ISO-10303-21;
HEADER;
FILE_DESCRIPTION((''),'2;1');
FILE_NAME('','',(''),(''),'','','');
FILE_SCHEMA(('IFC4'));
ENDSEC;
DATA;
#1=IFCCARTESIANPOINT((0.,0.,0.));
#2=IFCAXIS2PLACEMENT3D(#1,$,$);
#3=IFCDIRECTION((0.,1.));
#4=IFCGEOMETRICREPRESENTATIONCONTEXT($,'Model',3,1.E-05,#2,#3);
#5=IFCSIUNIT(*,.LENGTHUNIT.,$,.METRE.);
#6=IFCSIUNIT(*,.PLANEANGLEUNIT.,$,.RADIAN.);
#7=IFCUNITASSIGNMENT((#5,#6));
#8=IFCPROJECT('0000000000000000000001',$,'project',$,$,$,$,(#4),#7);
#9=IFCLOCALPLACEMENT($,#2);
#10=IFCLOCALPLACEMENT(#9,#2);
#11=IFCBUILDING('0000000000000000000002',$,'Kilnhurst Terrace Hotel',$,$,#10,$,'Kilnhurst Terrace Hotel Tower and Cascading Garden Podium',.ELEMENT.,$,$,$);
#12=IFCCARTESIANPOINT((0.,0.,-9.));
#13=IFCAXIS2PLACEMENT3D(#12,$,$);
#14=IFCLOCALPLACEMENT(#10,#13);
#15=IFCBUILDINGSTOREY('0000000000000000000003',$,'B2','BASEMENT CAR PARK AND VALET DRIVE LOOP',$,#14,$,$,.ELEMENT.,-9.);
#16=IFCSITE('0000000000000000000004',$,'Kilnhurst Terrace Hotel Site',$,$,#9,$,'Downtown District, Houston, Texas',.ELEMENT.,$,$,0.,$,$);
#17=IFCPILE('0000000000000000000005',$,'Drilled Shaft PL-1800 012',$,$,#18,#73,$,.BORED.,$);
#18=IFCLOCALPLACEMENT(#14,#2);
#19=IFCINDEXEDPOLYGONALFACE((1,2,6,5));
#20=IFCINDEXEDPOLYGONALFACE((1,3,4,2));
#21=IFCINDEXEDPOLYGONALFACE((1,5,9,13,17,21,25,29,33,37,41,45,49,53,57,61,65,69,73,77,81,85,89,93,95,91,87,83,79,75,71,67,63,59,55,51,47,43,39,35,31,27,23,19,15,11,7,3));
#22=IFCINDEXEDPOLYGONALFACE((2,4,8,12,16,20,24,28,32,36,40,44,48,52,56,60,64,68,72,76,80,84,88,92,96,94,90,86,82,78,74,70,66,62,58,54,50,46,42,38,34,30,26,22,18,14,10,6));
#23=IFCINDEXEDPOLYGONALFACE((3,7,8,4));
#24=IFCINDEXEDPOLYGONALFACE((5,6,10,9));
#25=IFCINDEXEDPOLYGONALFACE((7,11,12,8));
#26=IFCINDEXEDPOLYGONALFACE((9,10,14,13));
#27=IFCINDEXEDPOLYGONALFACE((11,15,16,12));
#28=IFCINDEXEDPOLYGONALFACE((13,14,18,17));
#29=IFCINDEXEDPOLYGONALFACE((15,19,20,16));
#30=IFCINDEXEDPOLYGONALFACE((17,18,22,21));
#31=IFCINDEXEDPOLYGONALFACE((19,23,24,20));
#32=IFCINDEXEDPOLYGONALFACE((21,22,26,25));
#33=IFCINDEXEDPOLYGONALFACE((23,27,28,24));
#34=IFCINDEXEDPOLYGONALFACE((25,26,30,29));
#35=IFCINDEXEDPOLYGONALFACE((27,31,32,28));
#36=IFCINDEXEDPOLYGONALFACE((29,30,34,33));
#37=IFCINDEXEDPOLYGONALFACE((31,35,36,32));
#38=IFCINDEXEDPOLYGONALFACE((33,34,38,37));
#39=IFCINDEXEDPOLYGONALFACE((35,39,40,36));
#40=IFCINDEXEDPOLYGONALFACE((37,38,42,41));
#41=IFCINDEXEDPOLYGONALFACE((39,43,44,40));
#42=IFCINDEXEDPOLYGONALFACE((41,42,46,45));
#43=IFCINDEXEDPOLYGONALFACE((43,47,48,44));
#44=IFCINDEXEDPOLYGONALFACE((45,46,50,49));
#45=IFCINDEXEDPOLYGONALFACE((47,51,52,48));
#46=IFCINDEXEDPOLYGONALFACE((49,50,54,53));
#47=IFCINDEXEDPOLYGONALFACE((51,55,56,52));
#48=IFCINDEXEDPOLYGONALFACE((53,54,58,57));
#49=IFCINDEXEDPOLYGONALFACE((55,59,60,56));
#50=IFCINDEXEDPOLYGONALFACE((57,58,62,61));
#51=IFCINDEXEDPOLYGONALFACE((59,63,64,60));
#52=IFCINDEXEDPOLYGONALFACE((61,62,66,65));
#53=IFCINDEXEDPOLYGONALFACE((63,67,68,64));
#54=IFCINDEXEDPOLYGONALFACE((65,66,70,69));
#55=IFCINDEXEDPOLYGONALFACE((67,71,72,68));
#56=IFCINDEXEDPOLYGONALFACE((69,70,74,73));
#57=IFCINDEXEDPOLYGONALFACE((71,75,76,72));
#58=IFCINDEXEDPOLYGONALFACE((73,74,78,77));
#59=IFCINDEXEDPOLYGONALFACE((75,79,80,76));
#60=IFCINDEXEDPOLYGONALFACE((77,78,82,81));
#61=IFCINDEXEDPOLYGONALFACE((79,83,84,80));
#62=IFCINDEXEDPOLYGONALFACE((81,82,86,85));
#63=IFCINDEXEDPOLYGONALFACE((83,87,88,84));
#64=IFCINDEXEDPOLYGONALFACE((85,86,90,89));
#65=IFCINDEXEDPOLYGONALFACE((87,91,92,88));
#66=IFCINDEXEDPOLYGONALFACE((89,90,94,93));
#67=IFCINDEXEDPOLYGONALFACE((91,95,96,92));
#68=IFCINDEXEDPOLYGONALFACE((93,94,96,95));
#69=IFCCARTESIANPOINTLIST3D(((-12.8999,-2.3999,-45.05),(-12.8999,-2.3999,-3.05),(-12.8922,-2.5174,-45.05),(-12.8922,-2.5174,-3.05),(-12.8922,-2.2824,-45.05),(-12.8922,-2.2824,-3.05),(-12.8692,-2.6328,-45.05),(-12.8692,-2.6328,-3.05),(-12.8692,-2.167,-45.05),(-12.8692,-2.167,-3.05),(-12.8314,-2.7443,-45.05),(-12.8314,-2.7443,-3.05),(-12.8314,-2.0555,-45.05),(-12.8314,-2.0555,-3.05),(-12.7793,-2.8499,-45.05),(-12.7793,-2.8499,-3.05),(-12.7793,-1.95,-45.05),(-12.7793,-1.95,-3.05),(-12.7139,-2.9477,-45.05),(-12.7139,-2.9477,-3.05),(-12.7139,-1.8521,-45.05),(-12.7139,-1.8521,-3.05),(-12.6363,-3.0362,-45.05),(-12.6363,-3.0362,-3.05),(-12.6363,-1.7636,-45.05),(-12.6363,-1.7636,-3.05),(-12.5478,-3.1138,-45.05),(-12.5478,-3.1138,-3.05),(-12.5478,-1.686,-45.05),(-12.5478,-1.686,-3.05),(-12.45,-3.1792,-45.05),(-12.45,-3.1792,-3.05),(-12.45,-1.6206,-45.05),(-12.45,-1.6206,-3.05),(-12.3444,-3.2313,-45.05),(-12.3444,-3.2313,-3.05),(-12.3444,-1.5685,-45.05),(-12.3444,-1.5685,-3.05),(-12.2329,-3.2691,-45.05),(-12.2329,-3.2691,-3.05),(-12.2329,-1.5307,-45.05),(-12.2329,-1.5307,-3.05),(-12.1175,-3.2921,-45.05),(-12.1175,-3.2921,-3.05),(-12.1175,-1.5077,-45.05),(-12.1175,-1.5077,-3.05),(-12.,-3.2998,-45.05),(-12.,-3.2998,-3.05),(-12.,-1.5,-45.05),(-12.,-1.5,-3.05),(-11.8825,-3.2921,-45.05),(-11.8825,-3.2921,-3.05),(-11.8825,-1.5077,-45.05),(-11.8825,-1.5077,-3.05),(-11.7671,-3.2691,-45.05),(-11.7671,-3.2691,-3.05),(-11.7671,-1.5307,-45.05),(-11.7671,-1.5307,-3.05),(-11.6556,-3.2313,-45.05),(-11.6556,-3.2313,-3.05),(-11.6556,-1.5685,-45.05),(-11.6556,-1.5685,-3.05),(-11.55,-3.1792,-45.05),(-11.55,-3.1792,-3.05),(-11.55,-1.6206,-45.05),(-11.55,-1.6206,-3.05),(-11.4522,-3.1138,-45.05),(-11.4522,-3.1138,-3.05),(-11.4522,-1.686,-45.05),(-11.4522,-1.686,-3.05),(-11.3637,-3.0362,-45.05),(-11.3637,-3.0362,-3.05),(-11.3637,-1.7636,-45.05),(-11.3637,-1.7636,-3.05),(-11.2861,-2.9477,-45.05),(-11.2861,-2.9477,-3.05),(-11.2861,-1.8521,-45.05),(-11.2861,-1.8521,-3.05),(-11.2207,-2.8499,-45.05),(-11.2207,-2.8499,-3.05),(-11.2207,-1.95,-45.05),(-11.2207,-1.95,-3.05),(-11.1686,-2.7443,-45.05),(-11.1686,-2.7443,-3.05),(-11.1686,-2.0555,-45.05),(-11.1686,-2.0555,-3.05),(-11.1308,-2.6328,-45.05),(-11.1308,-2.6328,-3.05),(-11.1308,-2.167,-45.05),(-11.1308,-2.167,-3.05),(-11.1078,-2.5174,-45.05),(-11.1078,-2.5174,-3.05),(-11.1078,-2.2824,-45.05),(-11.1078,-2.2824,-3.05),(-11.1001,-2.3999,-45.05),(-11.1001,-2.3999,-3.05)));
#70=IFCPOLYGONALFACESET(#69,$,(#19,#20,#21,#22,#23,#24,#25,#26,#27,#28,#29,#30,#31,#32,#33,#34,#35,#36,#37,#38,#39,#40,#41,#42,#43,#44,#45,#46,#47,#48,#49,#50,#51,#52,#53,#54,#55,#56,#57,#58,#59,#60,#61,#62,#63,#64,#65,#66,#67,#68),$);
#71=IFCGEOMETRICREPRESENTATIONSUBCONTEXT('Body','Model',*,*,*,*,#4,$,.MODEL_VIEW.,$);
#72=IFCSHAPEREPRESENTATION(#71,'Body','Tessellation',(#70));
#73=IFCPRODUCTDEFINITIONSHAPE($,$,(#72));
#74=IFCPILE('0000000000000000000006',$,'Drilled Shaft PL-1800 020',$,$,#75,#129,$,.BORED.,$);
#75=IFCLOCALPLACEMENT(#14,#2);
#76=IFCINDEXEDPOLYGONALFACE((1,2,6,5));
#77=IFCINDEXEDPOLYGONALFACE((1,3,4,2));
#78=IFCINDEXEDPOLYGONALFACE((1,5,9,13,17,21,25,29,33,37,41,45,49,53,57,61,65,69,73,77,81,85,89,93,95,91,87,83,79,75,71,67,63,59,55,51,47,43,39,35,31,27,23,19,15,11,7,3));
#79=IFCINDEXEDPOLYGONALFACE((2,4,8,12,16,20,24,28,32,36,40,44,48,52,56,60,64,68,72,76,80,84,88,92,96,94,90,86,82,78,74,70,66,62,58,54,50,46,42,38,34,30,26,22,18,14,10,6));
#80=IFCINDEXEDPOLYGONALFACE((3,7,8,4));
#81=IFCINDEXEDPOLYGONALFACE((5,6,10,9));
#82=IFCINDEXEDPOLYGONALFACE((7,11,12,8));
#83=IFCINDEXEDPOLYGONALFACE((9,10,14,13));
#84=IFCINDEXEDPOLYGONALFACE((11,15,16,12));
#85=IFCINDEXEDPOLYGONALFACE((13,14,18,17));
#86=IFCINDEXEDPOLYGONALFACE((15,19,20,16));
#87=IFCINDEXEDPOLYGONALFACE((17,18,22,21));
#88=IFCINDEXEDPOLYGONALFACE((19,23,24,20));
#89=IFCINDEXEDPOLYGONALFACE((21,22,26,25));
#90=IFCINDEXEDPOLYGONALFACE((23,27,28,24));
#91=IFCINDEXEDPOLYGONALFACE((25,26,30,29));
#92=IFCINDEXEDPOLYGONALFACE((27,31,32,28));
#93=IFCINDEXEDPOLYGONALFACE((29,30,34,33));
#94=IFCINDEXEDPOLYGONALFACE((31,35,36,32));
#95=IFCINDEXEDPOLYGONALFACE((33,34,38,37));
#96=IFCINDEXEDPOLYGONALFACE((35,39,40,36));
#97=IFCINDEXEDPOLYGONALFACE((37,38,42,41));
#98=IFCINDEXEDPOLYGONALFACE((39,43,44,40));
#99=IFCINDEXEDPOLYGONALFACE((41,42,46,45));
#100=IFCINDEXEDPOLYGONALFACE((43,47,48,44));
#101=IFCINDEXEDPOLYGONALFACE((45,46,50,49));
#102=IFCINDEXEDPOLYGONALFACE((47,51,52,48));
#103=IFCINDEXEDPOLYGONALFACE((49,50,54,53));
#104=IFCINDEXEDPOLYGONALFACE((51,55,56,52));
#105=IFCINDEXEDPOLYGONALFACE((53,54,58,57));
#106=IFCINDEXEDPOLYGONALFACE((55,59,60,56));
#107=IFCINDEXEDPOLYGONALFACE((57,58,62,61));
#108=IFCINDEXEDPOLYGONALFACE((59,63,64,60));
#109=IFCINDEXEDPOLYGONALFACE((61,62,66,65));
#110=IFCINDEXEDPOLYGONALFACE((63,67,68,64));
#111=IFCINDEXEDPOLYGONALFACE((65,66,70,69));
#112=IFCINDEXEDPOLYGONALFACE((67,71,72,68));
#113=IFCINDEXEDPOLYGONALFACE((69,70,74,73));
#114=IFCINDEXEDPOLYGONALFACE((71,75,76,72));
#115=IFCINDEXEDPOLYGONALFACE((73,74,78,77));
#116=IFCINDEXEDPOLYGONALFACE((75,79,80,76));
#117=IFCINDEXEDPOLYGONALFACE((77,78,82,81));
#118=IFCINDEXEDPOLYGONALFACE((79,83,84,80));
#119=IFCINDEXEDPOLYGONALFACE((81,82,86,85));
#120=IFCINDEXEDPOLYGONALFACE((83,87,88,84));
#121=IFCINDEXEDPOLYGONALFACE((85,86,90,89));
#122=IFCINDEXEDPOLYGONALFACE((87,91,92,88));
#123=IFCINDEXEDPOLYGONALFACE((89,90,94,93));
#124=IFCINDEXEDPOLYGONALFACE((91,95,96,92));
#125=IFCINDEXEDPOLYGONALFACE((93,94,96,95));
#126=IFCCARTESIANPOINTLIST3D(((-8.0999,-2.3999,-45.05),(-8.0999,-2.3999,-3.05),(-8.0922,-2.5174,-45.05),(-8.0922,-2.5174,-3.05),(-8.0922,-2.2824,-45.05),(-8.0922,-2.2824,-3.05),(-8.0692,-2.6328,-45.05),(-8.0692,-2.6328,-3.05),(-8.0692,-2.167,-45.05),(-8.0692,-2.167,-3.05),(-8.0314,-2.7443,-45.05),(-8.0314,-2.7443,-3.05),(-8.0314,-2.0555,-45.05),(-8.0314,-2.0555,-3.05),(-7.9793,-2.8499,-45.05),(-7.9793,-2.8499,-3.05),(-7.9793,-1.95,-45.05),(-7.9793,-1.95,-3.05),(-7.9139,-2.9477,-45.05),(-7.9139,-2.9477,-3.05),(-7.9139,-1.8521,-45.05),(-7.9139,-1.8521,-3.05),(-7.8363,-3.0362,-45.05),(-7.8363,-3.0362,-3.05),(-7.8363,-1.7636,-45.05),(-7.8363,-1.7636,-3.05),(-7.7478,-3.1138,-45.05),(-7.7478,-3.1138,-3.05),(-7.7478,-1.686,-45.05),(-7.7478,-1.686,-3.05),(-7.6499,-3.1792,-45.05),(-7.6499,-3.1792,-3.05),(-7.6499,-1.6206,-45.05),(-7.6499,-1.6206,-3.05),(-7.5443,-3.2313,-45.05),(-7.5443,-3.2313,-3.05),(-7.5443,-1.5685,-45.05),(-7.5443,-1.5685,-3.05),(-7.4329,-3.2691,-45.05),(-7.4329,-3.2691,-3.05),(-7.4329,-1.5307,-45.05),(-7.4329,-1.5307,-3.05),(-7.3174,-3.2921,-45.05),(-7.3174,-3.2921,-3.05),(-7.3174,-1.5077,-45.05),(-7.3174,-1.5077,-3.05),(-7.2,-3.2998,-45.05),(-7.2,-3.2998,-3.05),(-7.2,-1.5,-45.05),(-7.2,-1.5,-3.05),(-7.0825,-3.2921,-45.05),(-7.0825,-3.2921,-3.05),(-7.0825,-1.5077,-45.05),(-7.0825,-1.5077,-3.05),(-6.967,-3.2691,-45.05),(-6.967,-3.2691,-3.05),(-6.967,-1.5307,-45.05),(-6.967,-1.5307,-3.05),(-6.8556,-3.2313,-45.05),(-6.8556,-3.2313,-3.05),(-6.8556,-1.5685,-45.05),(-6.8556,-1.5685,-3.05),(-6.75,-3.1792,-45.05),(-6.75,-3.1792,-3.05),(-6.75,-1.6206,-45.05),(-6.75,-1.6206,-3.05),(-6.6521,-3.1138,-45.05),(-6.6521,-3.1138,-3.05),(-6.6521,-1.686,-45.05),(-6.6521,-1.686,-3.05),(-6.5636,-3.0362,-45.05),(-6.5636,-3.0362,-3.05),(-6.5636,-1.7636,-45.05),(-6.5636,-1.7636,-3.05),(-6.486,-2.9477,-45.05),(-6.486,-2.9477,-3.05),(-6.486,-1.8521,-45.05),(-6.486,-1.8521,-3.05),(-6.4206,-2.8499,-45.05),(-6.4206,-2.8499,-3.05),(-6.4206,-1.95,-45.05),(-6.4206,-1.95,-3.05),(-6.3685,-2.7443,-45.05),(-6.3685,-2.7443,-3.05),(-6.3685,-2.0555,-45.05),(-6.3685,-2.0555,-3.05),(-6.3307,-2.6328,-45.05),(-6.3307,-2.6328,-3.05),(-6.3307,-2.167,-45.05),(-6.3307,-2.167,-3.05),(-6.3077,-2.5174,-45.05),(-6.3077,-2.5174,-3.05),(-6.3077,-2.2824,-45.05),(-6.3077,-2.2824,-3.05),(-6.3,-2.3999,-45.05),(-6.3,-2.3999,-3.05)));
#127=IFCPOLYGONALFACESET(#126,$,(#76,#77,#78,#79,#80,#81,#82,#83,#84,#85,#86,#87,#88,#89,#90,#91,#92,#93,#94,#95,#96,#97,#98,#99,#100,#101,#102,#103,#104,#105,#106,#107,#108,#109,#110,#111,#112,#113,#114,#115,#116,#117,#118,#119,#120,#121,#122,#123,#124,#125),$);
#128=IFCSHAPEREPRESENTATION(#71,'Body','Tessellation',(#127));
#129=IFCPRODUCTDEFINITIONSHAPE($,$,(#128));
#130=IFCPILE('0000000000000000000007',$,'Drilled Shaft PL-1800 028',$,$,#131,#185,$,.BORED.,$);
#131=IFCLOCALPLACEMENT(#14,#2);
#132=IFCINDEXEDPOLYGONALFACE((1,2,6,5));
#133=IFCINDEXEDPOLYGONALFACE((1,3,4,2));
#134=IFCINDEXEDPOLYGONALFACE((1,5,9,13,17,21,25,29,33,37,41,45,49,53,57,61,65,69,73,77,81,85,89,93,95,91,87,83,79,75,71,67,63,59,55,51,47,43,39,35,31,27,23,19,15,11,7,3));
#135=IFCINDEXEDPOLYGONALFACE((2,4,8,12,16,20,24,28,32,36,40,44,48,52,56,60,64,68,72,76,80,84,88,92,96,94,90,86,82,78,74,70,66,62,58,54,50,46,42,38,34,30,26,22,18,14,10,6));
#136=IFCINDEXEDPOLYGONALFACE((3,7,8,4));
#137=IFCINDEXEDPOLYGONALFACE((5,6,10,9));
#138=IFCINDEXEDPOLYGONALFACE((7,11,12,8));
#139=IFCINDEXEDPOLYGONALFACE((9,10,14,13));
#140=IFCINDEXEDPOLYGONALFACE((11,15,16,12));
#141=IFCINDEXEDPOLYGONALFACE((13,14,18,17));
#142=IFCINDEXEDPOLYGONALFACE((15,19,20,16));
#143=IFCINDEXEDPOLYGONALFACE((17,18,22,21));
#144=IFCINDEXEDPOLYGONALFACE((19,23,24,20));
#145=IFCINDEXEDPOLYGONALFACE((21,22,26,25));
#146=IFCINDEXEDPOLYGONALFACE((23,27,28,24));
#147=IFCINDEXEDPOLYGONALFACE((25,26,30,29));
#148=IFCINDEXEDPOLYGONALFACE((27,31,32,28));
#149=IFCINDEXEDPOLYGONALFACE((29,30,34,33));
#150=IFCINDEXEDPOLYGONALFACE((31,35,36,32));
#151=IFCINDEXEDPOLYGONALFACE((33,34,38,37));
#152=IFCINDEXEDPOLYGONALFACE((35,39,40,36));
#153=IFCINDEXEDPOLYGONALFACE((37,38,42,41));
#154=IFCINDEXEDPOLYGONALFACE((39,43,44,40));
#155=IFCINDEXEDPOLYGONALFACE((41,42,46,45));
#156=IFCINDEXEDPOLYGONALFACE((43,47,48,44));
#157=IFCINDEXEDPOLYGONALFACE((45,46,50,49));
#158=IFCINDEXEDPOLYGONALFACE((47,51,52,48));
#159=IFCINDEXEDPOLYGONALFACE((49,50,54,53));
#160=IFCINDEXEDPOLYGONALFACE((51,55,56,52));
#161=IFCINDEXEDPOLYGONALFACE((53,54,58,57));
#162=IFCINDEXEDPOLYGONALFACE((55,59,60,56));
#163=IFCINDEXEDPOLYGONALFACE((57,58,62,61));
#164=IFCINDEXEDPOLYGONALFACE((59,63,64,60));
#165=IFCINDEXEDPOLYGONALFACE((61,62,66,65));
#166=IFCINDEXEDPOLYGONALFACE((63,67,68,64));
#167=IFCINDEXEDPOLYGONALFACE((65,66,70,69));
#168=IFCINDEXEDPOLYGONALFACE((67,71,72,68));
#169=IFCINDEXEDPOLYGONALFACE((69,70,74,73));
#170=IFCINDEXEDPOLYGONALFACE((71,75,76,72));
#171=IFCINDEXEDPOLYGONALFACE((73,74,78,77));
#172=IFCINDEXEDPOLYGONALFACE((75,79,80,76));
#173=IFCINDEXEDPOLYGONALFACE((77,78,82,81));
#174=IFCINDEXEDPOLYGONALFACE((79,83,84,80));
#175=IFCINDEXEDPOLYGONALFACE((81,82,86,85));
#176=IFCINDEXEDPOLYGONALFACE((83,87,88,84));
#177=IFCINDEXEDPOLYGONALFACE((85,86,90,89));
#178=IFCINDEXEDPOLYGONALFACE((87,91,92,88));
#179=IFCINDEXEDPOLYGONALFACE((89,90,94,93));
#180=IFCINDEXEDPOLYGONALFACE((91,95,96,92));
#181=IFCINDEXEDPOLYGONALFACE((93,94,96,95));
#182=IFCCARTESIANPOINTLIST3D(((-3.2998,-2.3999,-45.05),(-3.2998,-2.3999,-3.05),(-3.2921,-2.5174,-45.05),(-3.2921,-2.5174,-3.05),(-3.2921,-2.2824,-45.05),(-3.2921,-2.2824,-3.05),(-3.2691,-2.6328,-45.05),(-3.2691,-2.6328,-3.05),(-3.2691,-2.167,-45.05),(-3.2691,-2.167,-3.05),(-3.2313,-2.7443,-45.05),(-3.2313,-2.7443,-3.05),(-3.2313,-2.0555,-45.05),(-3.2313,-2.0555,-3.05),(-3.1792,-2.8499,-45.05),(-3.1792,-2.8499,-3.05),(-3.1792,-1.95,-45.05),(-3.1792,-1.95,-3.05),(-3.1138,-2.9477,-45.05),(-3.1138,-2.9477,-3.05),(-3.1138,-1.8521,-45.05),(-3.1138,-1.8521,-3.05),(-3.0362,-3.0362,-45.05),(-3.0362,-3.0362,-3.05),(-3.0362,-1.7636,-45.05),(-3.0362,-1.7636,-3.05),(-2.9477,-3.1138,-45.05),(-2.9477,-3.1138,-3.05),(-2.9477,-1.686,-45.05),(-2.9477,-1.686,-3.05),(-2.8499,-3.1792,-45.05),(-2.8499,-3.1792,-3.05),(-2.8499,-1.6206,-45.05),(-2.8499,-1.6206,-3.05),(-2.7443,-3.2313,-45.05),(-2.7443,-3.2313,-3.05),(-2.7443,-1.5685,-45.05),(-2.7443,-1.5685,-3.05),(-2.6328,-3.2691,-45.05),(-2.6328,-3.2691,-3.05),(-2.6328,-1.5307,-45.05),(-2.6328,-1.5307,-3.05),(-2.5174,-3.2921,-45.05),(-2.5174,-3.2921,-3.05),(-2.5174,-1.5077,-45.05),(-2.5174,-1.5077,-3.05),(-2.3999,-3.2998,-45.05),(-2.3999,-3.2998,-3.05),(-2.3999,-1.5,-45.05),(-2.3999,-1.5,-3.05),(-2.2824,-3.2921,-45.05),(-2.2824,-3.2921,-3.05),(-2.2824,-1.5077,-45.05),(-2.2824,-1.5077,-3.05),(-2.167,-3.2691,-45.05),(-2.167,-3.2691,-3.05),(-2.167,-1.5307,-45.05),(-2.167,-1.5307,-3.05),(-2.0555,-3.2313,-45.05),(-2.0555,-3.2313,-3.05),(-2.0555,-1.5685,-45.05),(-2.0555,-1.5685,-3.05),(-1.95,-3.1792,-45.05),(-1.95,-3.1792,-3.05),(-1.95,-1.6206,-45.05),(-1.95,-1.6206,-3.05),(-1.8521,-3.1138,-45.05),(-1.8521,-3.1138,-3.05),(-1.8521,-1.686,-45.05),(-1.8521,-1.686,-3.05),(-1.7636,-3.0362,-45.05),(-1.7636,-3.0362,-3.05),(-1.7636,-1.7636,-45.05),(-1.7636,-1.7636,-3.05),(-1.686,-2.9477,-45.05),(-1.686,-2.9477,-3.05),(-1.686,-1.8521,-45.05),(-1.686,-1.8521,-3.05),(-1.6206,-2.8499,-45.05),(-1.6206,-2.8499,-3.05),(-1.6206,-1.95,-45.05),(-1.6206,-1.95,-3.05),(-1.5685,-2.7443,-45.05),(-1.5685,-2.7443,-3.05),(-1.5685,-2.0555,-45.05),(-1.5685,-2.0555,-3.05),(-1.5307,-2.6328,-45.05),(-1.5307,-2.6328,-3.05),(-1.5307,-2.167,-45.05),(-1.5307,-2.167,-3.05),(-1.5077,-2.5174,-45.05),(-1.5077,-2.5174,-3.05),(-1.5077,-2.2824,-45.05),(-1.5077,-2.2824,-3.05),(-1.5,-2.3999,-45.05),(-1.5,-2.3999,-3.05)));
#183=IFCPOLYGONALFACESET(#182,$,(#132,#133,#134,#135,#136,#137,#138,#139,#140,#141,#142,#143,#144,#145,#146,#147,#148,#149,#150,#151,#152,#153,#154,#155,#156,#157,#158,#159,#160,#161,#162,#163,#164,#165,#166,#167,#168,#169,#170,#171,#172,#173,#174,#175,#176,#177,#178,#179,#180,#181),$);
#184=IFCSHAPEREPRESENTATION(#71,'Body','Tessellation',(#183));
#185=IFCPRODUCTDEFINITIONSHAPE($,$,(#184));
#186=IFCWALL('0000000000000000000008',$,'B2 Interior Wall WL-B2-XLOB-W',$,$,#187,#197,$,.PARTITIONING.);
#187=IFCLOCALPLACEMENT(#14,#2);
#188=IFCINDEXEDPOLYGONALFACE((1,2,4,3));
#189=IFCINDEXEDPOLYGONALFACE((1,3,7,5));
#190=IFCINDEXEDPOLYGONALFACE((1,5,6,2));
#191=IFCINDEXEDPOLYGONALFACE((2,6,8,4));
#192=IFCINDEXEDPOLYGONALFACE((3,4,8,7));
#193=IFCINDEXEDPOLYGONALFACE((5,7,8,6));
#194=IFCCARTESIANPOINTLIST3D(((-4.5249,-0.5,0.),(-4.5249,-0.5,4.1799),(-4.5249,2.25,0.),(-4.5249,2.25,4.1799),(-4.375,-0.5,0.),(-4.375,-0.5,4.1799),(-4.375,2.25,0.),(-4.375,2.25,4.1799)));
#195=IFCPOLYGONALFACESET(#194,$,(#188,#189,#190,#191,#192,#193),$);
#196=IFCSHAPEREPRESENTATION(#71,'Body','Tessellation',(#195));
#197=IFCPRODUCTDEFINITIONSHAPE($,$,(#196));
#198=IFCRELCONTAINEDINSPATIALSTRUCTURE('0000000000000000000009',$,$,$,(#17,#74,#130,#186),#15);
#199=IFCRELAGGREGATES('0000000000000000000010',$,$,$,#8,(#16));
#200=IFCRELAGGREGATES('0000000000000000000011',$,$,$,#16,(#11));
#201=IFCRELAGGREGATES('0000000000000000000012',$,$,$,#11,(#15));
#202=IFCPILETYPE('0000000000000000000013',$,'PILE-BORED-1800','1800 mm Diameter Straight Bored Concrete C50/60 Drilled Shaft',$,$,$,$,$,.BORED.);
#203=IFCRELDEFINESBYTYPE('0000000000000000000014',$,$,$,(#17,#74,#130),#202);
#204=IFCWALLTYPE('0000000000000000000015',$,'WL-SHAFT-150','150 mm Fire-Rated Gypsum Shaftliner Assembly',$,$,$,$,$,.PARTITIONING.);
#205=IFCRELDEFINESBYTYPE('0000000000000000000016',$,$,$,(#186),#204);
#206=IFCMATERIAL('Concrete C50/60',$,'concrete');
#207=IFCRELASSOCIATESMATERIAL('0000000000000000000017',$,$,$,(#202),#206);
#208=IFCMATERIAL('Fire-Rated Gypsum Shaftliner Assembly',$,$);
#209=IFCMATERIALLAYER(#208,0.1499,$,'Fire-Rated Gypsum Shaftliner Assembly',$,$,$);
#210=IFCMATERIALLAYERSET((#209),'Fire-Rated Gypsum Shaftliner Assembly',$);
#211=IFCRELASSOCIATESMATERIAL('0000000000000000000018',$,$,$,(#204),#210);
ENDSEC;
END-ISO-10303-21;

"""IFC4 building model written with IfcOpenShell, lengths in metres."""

from ifc_helpers import new_model, si_unit, direction, frame, frame_2d, origin, origin_2d, place, context, subcontext, project, spatial, rectangle, circle, extrude, material, layer, layer_set, material_profile, profile_set, type_object, element, save


model = new_model("IFC4")

# Units and contexts
model_context = context("Model", 3, precision=1e-05, world=origin(), true_north=direction((0.0, 1.0)))
body_context = subcontext(model_context, "Body", "Model", "MODEL_VIEW")
ifc_project = project(units=[si_unit("LENGTHUNIT", "METRE"), si_unit("PLANEANGLEUNIT", "RADIAN")], contexts=[model_context])

# Site, building, storey
site_placement = place(None, origin())
site = spatial("IfcSite", under=ifc_project, at=site_placement, Name="Kilnhurst Terrace Hotel Site", LongName="Downtown District, Houston, Texas", CompositionType="ELEMENT", RefElevation=0.0)
building_placement = place(site_placement, origin())
building = spatial("IfcBuilding", under=site, at=building_placement, Name="Kilnhurst Terrace Hotel", LongName="Kilnhurst Terrace Hotel Tower and Cascading Garden Podium", CompositionType="ELEMENT")
storey_placement = place(building_placement, frame((0.0, 0.0, -9.0)))
storey = spatial("IfcBuildingStorey", under=building, at=storey_placement, Name="B2", Description="BASEMENT CAR PARK AND VALET DRIVE LOOP", CompositionType="ELEMENT", Elevation=-9.0)

# Piles
ifc_material_1 = material(Name="Concrete C50/60", Category="concrete")
ifc_material_profile = material_profile(ifc_material_1, circle(Radius=0.8999, at=origin_2d()), Name="PILE1800")
ifc_profile_set = profile_set([ifc_material_profile], Name="Concrete C50/60")
pile_type = type_object("IfcPileType", Name="PILE-BORED-1800", Description="1800 mm Diameter Straight Bored Concrete C50/60 Drilled Shaft", PredefinedType="BORED", material=ifc_profile_set)
for number, where, z_axis, x_axis, name in (
    (1, (-12.0, -2.3999, -3.05), (0.0, 0.0, -1.0), (1.0, 0.0, 0.0), "Drilled Shaft PL-1800 012"),
    (2, (-7.2, -2.3999, -3.05), (0.0, 0.0, -1.0), (1.0, 0.0, 0.0), "Drilled Shaft PL-1800 020"),
    (3, (-2.3999, -2.3999, -3.05), (0.0, 0.0, -1.0), (1.0, 0.0, 0.0), "Drilled Shaft PL-1800 028"),
):
    element("IfcPile", number, at=place(storey_placement, frame(where, z_axis=z_axis, x_axis=x_axis)), inside=storey, type_object=pile_type, Name=name, PredefinedType="BORED", context=body_context, shape_type="SweptSolid", body=[
        extrude(circle(Radius=0.8999, at=origin_2d()), origin(), (0.0, 0.0, 1.0), 42.0),
    ])

# Wall
ifc_material_2 = material(Name="Fire-Rated Gypsum Shaftliner Assembly")
ifc_layer_1 = layer(ifc_material_2, 0.1499, Name="Fire-Rated Gypsum Shaftliner Assembly")
ifc_layer_set_1 = layer_set([ifc_layer_1], Name="Fire-Rated Gypsum Shaftliner Assembly")
wall_type_1 = type_object("IfcWallType", Name="WL-SHAFT-150", Description="150 mm Fire-Rated Gypsum Shaftliner Assembly", PredefinedType="PARTITIONING", material=ifc_layer_set_1)
wall_1_placement = place(storey_placement, frame((-4.45, -0.5, 0.0), z_axis=(0.0, 0.0, 1.0), x_axis=(0.0, 1.0, 0.0)))
element("IfcWall", 4, at=wall_1_placement, inside=storey, type_object=wall_type_1, Name="B2 Interior Wall WL-B2-XLOB-W", PredefinedType="PARTITIONING", context=body_context, shape_type="SweptSolid", body=[
    extrude(rectangle(XDim=2.75, YDim=0.1499, at=frame_2d((1.375, 0.0))), origin(), (0.0, 0.0, 1.0), 4.1799),
])

save(model, "model.ifc")
